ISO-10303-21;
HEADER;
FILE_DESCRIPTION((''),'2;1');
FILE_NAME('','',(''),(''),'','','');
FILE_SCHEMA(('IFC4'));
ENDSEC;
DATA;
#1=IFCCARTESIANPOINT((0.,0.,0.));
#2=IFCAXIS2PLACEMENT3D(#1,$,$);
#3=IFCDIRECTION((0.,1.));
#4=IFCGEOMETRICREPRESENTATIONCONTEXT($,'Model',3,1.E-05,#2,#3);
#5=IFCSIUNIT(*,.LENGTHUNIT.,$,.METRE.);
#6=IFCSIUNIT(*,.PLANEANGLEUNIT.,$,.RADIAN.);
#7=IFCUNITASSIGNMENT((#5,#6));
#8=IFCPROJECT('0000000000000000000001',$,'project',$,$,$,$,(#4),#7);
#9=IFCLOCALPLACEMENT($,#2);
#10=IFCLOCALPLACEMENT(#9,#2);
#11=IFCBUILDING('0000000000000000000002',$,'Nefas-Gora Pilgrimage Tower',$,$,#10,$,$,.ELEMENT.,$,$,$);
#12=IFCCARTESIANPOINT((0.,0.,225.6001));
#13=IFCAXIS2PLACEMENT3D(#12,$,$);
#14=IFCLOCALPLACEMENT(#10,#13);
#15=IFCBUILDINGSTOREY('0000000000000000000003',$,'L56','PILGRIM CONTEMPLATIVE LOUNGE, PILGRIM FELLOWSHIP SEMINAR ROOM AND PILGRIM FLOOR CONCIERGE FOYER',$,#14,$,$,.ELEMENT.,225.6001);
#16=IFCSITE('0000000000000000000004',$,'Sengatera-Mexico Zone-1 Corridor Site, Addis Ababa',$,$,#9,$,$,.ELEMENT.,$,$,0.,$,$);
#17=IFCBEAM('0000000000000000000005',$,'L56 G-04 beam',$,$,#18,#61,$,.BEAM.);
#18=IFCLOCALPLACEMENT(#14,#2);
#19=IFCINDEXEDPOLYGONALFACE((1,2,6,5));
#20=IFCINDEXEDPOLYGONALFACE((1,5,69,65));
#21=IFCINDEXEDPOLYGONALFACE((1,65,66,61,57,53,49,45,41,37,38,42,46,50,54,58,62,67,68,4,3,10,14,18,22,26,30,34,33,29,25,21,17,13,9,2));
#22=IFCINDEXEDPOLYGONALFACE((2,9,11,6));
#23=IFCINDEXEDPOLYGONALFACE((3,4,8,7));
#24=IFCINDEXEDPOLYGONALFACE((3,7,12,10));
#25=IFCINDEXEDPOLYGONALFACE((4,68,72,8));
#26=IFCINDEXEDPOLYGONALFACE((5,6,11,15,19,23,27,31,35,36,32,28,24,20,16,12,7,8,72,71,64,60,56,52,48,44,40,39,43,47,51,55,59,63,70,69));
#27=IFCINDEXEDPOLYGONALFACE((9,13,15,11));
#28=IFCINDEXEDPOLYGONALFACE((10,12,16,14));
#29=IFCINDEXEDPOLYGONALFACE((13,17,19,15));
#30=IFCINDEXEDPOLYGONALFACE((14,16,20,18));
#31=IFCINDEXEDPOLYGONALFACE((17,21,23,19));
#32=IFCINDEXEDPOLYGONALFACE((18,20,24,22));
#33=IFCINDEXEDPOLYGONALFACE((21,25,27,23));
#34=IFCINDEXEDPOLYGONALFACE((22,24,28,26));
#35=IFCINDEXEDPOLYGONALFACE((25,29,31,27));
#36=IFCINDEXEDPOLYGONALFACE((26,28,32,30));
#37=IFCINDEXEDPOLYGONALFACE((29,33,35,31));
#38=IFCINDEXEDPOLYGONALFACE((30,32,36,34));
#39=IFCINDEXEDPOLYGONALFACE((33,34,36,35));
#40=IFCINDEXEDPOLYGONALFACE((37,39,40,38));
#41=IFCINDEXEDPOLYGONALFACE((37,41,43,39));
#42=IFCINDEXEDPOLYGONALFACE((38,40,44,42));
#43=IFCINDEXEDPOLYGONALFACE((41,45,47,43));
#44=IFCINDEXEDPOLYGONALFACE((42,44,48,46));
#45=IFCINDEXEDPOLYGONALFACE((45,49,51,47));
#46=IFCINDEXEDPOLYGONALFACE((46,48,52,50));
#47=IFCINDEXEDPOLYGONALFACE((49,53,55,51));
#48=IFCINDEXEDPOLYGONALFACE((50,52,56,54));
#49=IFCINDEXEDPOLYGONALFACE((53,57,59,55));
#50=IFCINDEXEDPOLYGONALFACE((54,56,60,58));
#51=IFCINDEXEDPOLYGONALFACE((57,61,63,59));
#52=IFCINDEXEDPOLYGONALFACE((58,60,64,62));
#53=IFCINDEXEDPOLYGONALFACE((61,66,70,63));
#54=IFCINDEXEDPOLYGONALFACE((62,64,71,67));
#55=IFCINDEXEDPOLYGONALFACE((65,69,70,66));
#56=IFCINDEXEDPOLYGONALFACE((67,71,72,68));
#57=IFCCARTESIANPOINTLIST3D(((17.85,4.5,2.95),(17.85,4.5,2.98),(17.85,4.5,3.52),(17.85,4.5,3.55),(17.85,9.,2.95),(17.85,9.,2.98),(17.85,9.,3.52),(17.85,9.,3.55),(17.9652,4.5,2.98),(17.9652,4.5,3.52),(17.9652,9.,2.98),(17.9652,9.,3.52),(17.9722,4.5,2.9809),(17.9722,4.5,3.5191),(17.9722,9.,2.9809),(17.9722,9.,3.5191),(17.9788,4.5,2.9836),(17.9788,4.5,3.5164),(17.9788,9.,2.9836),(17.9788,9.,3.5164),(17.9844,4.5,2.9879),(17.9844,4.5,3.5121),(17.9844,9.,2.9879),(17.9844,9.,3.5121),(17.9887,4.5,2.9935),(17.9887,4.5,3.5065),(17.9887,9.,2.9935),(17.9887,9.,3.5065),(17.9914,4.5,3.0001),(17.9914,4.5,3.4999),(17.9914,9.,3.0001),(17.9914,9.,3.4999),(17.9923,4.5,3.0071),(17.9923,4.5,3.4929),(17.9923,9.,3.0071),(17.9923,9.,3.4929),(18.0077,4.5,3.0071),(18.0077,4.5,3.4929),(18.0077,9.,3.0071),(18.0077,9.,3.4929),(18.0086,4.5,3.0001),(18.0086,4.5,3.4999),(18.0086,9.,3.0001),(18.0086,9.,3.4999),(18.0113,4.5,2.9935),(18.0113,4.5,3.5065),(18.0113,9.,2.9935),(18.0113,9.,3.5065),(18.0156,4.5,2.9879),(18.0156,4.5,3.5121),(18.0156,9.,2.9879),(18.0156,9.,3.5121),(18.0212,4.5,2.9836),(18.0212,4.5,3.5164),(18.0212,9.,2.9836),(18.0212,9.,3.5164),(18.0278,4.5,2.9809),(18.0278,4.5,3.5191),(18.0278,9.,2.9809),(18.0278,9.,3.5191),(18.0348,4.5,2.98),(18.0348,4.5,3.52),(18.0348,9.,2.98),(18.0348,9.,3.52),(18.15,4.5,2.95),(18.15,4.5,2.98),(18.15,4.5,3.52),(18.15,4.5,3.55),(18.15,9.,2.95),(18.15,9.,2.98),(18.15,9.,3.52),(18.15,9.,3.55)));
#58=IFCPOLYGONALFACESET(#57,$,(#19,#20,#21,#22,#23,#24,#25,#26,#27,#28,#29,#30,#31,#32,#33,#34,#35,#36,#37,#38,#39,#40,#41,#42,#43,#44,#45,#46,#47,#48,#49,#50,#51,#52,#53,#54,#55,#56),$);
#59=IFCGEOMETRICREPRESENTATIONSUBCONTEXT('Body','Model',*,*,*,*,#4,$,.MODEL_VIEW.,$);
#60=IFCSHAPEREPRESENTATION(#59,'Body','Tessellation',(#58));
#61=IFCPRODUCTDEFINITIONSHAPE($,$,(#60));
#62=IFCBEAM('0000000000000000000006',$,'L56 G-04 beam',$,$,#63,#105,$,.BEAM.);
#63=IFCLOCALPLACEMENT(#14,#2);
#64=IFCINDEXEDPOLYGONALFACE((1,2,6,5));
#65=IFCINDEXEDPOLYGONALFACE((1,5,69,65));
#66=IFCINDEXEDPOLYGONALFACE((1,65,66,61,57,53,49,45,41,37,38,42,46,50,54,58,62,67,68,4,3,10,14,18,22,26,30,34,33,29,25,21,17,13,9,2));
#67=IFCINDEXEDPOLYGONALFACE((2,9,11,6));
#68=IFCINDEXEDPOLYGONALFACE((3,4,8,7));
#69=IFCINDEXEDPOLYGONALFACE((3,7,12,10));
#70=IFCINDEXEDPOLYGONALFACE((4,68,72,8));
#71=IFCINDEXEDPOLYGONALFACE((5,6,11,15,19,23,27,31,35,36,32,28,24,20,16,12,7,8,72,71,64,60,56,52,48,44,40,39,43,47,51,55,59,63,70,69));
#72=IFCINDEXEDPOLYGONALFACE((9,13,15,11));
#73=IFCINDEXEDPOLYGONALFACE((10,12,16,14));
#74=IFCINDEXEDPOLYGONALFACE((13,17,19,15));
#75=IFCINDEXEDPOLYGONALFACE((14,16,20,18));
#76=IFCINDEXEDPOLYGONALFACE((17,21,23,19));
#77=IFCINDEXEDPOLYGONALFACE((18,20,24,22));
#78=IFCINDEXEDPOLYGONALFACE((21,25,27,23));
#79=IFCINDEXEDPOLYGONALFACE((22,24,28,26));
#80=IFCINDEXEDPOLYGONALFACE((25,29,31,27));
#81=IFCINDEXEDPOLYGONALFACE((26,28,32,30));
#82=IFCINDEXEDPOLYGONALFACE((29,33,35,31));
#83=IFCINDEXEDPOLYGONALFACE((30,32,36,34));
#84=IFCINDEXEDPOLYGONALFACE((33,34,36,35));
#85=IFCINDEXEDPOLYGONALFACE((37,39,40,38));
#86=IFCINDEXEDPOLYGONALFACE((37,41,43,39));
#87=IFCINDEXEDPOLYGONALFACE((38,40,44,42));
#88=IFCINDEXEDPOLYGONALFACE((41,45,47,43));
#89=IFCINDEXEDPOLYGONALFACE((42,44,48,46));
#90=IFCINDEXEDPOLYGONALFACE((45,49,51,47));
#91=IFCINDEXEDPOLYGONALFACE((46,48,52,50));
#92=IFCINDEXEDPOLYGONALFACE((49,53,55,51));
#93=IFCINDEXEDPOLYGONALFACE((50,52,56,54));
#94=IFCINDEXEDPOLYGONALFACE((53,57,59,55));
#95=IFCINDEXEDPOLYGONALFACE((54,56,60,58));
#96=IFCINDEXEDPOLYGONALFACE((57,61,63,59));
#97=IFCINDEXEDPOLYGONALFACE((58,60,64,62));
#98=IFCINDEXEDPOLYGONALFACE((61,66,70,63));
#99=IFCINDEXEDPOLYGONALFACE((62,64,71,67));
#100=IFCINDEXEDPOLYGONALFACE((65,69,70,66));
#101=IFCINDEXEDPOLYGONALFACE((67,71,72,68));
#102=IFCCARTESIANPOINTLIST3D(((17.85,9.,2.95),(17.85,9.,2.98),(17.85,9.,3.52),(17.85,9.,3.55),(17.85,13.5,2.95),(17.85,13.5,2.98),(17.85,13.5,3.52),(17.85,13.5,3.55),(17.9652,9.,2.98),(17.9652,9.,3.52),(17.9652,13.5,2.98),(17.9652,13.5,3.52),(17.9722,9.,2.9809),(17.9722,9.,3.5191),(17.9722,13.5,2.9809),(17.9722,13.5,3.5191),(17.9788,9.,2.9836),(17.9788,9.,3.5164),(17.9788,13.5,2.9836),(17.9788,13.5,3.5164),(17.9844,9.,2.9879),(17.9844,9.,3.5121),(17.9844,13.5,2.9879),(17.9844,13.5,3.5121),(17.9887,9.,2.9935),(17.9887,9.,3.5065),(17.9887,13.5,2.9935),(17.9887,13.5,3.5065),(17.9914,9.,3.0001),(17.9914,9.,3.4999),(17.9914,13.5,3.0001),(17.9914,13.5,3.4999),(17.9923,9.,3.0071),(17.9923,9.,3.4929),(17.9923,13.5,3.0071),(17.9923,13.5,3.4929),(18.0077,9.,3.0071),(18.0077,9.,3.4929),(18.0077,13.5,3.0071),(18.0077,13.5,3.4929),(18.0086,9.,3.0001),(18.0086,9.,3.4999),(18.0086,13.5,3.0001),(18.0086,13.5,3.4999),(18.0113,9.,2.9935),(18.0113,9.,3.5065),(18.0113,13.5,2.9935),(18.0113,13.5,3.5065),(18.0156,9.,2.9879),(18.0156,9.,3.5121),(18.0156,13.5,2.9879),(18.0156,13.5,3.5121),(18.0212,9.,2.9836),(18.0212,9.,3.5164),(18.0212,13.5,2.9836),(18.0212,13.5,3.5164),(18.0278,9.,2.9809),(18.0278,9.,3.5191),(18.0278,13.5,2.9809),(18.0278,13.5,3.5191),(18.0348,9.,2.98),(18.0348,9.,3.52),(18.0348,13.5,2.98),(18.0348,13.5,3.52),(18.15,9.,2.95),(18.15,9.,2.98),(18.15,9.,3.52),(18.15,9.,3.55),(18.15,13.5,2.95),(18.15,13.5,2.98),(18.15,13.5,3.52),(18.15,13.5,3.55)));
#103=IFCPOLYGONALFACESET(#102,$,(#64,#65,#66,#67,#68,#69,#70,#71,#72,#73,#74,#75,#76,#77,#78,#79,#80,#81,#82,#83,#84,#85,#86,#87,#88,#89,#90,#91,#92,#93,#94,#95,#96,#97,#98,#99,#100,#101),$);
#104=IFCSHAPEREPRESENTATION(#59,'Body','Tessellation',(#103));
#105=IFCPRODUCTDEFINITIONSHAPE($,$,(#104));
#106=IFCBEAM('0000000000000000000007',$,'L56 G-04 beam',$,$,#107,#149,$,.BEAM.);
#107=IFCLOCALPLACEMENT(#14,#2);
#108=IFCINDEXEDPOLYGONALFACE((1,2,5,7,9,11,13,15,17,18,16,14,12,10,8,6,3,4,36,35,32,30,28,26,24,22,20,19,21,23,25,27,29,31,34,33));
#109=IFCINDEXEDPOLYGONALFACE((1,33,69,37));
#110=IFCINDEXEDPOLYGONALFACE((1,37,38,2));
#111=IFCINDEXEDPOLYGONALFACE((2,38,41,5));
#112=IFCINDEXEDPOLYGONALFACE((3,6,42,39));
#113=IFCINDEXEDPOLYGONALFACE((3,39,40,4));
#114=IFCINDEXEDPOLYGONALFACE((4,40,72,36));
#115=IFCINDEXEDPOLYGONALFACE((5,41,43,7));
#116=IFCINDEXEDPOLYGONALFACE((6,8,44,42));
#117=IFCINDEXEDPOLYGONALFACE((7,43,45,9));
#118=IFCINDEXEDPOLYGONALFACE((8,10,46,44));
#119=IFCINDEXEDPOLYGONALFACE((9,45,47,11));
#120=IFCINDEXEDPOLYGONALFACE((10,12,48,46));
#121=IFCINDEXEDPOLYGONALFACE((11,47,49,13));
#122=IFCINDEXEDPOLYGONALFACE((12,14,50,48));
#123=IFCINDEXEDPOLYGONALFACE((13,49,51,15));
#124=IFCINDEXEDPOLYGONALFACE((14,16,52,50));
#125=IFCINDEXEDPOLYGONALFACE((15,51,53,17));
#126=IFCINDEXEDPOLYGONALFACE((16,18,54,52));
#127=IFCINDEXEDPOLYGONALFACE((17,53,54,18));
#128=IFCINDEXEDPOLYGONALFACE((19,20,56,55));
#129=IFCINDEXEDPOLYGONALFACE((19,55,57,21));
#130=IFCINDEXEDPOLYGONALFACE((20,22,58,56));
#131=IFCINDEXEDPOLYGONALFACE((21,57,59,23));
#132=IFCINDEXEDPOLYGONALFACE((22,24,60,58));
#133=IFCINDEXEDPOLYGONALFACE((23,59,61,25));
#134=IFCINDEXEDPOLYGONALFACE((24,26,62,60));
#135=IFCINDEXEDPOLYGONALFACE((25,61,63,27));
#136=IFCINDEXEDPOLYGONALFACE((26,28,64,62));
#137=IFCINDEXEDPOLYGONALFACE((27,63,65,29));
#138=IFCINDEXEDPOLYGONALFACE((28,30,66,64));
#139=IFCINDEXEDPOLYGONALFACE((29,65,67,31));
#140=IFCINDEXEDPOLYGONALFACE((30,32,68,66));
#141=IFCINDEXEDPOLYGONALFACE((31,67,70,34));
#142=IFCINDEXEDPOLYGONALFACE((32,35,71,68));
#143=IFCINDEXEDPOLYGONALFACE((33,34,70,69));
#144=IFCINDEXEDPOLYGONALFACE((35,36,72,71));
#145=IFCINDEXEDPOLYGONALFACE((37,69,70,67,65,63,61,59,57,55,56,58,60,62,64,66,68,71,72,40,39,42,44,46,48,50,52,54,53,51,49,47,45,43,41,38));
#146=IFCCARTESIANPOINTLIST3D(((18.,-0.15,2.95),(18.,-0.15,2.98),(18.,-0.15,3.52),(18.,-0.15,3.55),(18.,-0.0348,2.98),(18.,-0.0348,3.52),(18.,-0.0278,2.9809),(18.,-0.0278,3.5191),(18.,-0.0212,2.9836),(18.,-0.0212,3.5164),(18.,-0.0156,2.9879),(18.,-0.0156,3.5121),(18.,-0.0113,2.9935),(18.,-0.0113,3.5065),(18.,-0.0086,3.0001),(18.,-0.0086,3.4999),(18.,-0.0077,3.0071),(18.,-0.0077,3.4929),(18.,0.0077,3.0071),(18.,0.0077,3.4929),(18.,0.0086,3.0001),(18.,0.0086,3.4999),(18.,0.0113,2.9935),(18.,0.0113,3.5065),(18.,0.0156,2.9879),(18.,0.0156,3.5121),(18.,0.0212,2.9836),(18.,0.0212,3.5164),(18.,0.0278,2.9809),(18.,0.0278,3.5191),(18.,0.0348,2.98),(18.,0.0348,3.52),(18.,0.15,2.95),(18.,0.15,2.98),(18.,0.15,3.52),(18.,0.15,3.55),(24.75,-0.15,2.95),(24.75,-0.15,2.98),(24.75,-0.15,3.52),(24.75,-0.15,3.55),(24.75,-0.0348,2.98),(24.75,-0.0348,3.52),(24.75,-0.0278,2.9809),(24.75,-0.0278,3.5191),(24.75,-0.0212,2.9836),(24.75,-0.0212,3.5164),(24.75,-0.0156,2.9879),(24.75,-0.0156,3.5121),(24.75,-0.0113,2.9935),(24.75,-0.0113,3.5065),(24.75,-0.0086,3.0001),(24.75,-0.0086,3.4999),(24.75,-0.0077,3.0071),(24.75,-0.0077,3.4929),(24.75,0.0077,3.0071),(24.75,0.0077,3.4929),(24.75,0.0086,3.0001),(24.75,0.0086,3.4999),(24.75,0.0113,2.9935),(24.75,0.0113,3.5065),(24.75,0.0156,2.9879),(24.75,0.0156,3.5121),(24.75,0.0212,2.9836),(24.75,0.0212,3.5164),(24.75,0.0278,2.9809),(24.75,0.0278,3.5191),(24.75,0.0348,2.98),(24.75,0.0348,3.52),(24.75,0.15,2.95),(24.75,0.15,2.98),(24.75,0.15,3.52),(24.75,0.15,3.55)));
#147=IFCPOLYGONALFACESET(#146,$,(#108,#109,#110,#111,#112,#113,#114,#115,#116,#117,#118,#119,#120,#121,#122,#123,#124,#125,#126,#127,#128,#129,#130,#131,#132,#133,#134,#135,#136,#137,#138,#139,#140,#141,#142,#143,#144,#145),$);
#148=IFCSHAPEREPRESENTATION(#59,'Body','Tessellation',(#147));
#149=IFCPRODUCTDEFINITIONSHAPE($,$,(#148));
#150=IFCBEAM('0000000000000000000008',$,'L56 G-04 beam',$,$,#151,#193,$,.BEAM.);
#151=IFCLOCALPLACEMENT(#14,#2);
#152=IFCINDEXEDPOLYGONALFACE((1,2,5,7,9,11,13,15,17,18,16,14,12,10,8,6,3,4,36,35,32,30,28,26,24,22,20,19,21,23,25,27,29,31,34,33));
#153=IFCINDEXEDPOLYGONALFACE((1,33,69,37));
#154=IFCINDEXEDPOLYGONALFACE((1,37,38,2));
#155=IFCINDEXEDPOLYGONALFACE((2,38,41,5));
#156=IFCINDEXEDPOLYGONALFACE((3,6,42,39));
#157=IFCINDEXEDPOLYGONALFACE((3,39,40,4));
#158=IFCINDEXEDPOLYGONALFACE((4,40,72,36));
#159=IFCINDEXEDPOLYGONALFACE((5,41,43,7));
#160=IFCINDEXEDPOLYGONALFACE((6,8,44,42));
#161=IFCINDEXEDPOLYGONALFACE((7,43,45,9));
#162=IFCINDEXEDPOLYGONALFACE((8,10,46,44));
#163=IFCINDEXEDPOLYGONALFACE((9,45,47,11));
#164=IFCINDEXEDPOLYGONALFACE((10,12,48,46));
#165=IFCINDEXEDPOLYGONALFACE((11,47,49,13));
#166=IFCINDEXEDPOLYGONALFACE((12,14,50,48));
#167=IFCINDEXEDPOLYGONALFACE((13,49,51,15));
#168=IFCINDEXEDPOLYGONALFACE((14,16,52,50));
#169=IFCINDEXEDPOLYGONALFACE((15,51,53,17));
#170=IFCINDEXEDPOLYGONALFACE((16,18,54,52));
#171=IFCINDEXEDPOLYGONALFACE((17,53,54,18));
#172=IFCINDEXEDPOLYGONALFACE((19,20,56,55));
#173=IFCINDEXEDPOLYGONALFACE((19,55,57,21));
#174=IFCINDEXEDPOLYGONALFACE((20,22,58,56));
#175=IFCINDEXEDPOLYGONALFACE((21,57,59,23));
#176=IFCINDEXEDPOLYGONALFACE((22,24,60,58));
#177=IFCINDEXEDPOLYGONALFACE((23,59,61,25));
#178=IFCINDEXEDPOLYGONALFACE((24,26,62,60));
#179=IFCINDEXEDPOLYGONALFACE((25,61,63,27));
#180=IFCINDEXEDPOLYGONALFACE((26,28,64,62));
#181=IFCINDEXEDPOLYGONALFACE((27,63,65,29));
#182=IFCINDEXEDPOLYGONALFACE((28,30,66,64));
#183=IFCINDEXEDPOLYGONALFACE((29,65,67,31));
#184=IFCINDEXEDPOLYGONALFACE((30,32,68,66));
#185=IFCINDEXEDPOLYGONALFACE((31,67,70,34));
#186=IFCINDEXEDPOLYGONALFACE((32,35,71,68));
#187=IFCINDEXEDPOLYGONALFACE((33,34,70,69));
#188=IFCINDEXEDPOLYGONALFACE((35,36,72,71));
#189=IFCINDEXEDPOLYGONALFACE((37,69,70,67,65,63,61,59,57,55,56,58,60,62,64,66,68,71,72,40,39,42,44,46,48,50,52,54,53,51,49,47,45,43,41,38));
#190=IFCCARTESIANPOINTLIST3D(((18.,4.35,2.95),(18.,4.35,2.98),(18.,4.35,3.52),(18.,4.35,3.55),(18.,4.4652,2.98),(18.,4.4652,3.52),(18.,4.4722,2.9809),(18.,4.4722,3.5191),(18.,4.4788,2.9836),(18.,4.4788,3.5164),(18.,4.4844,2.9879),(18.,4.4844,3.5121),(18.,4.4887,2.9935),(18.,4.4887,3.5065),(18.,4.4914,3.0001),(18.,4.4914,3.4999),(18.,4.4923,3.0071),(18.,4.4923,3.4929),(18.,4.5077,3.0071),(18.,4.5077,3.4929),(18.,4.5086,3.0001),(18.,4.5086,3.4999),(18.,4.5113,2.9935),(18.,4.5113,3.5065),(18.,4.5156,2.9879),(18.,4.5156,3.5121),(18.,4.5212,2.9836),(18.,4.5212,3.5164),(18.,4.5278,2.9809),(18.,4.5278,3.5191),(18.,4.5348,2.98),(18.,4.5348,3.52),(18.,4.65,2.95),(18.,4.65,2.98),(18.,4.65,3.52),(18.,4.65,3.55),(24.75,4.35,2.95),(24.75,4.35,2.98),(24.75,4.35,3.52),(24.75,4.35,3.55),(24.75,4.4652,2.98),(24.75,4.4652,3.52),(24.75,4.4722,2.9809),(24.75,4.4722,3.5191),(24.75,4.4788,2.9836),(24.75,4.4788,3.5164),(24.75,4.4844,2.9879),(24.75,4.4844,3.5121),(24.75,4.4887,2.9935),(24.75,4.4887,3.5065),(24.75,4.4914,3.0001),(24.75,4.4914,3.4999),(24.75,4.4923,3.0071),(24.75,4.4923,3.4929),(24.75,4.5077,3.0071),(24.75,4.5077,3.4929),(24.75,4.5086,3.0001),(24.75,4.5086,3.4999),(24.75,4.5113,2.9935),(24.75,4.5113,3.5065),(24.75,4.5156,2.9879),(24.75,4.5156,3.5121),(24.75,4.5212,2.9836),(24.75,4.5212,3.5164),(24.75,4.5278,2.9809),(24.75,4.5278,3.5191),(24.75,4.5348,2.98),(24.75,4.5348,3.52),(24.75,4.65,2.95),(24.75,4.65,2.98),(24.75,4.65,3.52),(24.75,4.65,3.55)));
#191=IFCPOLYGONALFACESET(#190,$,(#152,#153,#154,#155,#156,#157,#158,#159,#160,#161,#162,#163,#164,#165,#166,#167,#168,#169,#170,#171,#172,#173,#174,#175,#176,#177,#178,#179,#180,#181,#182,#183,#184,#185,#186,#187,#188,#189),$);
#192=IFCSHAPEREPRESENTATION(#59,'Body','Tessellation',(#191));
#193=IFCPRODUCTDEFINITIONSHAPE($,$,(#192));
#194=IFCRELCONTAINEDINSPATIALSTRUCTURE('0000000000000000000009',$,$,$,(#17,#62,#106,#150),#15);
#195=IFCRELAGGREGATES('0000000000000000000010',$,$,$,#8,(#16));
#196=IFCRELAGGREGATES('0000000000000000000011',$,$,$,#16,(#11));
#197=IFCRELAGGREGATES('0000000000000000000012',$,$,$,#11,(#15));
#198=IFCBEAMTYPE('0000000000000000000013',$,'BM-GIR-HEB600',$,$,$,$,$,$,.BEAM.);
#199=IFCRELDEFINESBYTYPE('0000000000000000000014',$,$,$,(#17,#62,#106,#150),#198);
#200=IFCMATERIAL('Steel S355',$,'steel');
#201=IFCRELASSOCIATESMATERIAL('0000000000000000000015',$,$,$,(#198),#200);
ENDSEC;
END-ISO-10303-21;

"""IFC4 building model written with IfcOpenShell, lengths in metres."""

from ifc_helpers import new_model, si_unit, direction, frame, origin, origin_2d, place, context, subcontext, project, spatial, i_section, extrude, source, transform, mapped, material, material_profile, profile_set, type_object, element, save


model = new_model("IFC4")

# Units and contexts
model_context = context("Model", 3, precision=1e-05, world=origin(), true_north=direction((0.0, 1.0)))
body_context = subcontext(model_context, "Body", "Model", "MODEL_VIEW")
ifc_project = project(units=[si_unit("LENGTHUNIT", "METRE"), si_unit("PLANEANGLEUNIT", "RADIAN")], contexts=[model_context])

# Site, building, storey
site_placement = place(None, origin())
site = spatial("IfcSite", under=ifc_project, at=site_placement, Name="Sengatera-Mexico Zone-1 Corridor Site, Addis Ababa", CompositionType="ELEMENT", RefElevation=0.0)
building_placement = place(site_placement, origin())
building = spatial("IfcBuilding", under=site, at=building_placement, Name="Nefas-Gora Pilgrimage Tower", CompositionType="ELEMENT")
storey_placement = place(building_placement, frame((0.0, 0.0, 225.6001)))
storey = spatial("IfcBuildingStorey", under=building, at=storey_placement, Name="L56", Description="PILGRIM CONTEMPLATIVE LOUNGE, PILGRIM FELLOWSHIP SEMINAR ROOM AND PILGRIM FLOOR CONCIERGE FOYER", CompositionType="ELEMENT", Elevation=225.6001)

# Beams
ifc_material_1 = material(Name="Steel S355", Category="steel")
ifc_material_profile_1 = material_profile(ifc_material_1, i_section(OverallWidth=0.3, OverallDepth=0.6001, WebThickness=0.0154, FlangeThickness=0.03, FilletRadius=0.0271, at=origin_2d()), Name="HEB 600")
ifc_profile_set_1 = profile_set([ifc_material_profile_1], Name="Steel S355")
beam_type_1 = type_object("IfcBeamType", Name="BM-GIR-HEB600", PredefinedType="BEAM", material=ifc_profile_set_1)
shared_shape_1 = source(origin(), body_context, "Body", "SweptSolid", [
    extrude(i_section(OverallWidth=0.3, OverallDepth=0.6001, WebThickness=0.0154, FlangeThickness=0.03, FilletRadius=0.0271, at=origin_2d()), origin(), (0.0, 0.0, 1.0), 4.5),
])
for number, where, z_axis, x_axis, name in (
    (1, (18.0, 4.5, 3.25), (0.0, 1.0, 0.0), (-1.0, 0.0, 0.0), "L56 G-04 beam"),
    (2, (18.0, 9.0, 3.25), (0.0, 1.0, 0.0), (-1.0, 0.0, 0.0), "L56 G-04 beam"),
):
    element("IfcBeam", number, at=place(storey_placement, frame(where, z_axis=z_axis, x_axis=x_axis)), inside=storey, type_object=beam_type_1, Name=name, PredefinedType="BEAM", context=body_context, shape_type="MappedRepresentation", body=[
        mapped(shared_shape_1, transform((0.0, 0.0, 0.0), x_axis=(1.0, 0.0, 0.0), y_axis=(0.0, 1.0, 0.0), z_axis=(0.0, 0.0, 1.0), scale=1.0)),
    ])
shared_shape_2 = source(origin(), body_context, "Body", "SweptSolid", [
    extrude(i_section(OverallWidth=0.3, OverallDepth=0.6001, WebThickness=0.0154, FlangeThickness=0.03, FilletRadius=0.0271, at=origin_2d()), origin(), (0.0, 0.0, 1.0), 6.75),
])
for number, where, z_axis, x_axis, name in (
    (3, (18.0, 0.0, 3.25), (1.0, 0.0, 0.0), (0.0, 1.0, 0.0), "L56 G-04 beam"),
    (4, (18.0, 4.5, 3.25), (1.0, 0.0, 0.0), (0.0, 1.0, 0.0), "L56 G-04 beam"),
):
    element("IfcBeam", number, at=place(storey_placement, frame(where, z_axis=z_axis, x_axis=x_axis)), inside=storey, type_object=beam_type_1, Name=name, PredefinedType="BEAM", context=body_context, shape_type="MappedRepresentation", body=[
        mapped(shared_shape_2, transform((0.0, 0.0, 0.0), x_axis=(1.0, 0.0, 0.0), y_axis=(0.0, 1.0, 0.0), z_axis=(0.0, 0.0, 1.0), scale=1.0)),
    ])

save(model, "model.ifc")
